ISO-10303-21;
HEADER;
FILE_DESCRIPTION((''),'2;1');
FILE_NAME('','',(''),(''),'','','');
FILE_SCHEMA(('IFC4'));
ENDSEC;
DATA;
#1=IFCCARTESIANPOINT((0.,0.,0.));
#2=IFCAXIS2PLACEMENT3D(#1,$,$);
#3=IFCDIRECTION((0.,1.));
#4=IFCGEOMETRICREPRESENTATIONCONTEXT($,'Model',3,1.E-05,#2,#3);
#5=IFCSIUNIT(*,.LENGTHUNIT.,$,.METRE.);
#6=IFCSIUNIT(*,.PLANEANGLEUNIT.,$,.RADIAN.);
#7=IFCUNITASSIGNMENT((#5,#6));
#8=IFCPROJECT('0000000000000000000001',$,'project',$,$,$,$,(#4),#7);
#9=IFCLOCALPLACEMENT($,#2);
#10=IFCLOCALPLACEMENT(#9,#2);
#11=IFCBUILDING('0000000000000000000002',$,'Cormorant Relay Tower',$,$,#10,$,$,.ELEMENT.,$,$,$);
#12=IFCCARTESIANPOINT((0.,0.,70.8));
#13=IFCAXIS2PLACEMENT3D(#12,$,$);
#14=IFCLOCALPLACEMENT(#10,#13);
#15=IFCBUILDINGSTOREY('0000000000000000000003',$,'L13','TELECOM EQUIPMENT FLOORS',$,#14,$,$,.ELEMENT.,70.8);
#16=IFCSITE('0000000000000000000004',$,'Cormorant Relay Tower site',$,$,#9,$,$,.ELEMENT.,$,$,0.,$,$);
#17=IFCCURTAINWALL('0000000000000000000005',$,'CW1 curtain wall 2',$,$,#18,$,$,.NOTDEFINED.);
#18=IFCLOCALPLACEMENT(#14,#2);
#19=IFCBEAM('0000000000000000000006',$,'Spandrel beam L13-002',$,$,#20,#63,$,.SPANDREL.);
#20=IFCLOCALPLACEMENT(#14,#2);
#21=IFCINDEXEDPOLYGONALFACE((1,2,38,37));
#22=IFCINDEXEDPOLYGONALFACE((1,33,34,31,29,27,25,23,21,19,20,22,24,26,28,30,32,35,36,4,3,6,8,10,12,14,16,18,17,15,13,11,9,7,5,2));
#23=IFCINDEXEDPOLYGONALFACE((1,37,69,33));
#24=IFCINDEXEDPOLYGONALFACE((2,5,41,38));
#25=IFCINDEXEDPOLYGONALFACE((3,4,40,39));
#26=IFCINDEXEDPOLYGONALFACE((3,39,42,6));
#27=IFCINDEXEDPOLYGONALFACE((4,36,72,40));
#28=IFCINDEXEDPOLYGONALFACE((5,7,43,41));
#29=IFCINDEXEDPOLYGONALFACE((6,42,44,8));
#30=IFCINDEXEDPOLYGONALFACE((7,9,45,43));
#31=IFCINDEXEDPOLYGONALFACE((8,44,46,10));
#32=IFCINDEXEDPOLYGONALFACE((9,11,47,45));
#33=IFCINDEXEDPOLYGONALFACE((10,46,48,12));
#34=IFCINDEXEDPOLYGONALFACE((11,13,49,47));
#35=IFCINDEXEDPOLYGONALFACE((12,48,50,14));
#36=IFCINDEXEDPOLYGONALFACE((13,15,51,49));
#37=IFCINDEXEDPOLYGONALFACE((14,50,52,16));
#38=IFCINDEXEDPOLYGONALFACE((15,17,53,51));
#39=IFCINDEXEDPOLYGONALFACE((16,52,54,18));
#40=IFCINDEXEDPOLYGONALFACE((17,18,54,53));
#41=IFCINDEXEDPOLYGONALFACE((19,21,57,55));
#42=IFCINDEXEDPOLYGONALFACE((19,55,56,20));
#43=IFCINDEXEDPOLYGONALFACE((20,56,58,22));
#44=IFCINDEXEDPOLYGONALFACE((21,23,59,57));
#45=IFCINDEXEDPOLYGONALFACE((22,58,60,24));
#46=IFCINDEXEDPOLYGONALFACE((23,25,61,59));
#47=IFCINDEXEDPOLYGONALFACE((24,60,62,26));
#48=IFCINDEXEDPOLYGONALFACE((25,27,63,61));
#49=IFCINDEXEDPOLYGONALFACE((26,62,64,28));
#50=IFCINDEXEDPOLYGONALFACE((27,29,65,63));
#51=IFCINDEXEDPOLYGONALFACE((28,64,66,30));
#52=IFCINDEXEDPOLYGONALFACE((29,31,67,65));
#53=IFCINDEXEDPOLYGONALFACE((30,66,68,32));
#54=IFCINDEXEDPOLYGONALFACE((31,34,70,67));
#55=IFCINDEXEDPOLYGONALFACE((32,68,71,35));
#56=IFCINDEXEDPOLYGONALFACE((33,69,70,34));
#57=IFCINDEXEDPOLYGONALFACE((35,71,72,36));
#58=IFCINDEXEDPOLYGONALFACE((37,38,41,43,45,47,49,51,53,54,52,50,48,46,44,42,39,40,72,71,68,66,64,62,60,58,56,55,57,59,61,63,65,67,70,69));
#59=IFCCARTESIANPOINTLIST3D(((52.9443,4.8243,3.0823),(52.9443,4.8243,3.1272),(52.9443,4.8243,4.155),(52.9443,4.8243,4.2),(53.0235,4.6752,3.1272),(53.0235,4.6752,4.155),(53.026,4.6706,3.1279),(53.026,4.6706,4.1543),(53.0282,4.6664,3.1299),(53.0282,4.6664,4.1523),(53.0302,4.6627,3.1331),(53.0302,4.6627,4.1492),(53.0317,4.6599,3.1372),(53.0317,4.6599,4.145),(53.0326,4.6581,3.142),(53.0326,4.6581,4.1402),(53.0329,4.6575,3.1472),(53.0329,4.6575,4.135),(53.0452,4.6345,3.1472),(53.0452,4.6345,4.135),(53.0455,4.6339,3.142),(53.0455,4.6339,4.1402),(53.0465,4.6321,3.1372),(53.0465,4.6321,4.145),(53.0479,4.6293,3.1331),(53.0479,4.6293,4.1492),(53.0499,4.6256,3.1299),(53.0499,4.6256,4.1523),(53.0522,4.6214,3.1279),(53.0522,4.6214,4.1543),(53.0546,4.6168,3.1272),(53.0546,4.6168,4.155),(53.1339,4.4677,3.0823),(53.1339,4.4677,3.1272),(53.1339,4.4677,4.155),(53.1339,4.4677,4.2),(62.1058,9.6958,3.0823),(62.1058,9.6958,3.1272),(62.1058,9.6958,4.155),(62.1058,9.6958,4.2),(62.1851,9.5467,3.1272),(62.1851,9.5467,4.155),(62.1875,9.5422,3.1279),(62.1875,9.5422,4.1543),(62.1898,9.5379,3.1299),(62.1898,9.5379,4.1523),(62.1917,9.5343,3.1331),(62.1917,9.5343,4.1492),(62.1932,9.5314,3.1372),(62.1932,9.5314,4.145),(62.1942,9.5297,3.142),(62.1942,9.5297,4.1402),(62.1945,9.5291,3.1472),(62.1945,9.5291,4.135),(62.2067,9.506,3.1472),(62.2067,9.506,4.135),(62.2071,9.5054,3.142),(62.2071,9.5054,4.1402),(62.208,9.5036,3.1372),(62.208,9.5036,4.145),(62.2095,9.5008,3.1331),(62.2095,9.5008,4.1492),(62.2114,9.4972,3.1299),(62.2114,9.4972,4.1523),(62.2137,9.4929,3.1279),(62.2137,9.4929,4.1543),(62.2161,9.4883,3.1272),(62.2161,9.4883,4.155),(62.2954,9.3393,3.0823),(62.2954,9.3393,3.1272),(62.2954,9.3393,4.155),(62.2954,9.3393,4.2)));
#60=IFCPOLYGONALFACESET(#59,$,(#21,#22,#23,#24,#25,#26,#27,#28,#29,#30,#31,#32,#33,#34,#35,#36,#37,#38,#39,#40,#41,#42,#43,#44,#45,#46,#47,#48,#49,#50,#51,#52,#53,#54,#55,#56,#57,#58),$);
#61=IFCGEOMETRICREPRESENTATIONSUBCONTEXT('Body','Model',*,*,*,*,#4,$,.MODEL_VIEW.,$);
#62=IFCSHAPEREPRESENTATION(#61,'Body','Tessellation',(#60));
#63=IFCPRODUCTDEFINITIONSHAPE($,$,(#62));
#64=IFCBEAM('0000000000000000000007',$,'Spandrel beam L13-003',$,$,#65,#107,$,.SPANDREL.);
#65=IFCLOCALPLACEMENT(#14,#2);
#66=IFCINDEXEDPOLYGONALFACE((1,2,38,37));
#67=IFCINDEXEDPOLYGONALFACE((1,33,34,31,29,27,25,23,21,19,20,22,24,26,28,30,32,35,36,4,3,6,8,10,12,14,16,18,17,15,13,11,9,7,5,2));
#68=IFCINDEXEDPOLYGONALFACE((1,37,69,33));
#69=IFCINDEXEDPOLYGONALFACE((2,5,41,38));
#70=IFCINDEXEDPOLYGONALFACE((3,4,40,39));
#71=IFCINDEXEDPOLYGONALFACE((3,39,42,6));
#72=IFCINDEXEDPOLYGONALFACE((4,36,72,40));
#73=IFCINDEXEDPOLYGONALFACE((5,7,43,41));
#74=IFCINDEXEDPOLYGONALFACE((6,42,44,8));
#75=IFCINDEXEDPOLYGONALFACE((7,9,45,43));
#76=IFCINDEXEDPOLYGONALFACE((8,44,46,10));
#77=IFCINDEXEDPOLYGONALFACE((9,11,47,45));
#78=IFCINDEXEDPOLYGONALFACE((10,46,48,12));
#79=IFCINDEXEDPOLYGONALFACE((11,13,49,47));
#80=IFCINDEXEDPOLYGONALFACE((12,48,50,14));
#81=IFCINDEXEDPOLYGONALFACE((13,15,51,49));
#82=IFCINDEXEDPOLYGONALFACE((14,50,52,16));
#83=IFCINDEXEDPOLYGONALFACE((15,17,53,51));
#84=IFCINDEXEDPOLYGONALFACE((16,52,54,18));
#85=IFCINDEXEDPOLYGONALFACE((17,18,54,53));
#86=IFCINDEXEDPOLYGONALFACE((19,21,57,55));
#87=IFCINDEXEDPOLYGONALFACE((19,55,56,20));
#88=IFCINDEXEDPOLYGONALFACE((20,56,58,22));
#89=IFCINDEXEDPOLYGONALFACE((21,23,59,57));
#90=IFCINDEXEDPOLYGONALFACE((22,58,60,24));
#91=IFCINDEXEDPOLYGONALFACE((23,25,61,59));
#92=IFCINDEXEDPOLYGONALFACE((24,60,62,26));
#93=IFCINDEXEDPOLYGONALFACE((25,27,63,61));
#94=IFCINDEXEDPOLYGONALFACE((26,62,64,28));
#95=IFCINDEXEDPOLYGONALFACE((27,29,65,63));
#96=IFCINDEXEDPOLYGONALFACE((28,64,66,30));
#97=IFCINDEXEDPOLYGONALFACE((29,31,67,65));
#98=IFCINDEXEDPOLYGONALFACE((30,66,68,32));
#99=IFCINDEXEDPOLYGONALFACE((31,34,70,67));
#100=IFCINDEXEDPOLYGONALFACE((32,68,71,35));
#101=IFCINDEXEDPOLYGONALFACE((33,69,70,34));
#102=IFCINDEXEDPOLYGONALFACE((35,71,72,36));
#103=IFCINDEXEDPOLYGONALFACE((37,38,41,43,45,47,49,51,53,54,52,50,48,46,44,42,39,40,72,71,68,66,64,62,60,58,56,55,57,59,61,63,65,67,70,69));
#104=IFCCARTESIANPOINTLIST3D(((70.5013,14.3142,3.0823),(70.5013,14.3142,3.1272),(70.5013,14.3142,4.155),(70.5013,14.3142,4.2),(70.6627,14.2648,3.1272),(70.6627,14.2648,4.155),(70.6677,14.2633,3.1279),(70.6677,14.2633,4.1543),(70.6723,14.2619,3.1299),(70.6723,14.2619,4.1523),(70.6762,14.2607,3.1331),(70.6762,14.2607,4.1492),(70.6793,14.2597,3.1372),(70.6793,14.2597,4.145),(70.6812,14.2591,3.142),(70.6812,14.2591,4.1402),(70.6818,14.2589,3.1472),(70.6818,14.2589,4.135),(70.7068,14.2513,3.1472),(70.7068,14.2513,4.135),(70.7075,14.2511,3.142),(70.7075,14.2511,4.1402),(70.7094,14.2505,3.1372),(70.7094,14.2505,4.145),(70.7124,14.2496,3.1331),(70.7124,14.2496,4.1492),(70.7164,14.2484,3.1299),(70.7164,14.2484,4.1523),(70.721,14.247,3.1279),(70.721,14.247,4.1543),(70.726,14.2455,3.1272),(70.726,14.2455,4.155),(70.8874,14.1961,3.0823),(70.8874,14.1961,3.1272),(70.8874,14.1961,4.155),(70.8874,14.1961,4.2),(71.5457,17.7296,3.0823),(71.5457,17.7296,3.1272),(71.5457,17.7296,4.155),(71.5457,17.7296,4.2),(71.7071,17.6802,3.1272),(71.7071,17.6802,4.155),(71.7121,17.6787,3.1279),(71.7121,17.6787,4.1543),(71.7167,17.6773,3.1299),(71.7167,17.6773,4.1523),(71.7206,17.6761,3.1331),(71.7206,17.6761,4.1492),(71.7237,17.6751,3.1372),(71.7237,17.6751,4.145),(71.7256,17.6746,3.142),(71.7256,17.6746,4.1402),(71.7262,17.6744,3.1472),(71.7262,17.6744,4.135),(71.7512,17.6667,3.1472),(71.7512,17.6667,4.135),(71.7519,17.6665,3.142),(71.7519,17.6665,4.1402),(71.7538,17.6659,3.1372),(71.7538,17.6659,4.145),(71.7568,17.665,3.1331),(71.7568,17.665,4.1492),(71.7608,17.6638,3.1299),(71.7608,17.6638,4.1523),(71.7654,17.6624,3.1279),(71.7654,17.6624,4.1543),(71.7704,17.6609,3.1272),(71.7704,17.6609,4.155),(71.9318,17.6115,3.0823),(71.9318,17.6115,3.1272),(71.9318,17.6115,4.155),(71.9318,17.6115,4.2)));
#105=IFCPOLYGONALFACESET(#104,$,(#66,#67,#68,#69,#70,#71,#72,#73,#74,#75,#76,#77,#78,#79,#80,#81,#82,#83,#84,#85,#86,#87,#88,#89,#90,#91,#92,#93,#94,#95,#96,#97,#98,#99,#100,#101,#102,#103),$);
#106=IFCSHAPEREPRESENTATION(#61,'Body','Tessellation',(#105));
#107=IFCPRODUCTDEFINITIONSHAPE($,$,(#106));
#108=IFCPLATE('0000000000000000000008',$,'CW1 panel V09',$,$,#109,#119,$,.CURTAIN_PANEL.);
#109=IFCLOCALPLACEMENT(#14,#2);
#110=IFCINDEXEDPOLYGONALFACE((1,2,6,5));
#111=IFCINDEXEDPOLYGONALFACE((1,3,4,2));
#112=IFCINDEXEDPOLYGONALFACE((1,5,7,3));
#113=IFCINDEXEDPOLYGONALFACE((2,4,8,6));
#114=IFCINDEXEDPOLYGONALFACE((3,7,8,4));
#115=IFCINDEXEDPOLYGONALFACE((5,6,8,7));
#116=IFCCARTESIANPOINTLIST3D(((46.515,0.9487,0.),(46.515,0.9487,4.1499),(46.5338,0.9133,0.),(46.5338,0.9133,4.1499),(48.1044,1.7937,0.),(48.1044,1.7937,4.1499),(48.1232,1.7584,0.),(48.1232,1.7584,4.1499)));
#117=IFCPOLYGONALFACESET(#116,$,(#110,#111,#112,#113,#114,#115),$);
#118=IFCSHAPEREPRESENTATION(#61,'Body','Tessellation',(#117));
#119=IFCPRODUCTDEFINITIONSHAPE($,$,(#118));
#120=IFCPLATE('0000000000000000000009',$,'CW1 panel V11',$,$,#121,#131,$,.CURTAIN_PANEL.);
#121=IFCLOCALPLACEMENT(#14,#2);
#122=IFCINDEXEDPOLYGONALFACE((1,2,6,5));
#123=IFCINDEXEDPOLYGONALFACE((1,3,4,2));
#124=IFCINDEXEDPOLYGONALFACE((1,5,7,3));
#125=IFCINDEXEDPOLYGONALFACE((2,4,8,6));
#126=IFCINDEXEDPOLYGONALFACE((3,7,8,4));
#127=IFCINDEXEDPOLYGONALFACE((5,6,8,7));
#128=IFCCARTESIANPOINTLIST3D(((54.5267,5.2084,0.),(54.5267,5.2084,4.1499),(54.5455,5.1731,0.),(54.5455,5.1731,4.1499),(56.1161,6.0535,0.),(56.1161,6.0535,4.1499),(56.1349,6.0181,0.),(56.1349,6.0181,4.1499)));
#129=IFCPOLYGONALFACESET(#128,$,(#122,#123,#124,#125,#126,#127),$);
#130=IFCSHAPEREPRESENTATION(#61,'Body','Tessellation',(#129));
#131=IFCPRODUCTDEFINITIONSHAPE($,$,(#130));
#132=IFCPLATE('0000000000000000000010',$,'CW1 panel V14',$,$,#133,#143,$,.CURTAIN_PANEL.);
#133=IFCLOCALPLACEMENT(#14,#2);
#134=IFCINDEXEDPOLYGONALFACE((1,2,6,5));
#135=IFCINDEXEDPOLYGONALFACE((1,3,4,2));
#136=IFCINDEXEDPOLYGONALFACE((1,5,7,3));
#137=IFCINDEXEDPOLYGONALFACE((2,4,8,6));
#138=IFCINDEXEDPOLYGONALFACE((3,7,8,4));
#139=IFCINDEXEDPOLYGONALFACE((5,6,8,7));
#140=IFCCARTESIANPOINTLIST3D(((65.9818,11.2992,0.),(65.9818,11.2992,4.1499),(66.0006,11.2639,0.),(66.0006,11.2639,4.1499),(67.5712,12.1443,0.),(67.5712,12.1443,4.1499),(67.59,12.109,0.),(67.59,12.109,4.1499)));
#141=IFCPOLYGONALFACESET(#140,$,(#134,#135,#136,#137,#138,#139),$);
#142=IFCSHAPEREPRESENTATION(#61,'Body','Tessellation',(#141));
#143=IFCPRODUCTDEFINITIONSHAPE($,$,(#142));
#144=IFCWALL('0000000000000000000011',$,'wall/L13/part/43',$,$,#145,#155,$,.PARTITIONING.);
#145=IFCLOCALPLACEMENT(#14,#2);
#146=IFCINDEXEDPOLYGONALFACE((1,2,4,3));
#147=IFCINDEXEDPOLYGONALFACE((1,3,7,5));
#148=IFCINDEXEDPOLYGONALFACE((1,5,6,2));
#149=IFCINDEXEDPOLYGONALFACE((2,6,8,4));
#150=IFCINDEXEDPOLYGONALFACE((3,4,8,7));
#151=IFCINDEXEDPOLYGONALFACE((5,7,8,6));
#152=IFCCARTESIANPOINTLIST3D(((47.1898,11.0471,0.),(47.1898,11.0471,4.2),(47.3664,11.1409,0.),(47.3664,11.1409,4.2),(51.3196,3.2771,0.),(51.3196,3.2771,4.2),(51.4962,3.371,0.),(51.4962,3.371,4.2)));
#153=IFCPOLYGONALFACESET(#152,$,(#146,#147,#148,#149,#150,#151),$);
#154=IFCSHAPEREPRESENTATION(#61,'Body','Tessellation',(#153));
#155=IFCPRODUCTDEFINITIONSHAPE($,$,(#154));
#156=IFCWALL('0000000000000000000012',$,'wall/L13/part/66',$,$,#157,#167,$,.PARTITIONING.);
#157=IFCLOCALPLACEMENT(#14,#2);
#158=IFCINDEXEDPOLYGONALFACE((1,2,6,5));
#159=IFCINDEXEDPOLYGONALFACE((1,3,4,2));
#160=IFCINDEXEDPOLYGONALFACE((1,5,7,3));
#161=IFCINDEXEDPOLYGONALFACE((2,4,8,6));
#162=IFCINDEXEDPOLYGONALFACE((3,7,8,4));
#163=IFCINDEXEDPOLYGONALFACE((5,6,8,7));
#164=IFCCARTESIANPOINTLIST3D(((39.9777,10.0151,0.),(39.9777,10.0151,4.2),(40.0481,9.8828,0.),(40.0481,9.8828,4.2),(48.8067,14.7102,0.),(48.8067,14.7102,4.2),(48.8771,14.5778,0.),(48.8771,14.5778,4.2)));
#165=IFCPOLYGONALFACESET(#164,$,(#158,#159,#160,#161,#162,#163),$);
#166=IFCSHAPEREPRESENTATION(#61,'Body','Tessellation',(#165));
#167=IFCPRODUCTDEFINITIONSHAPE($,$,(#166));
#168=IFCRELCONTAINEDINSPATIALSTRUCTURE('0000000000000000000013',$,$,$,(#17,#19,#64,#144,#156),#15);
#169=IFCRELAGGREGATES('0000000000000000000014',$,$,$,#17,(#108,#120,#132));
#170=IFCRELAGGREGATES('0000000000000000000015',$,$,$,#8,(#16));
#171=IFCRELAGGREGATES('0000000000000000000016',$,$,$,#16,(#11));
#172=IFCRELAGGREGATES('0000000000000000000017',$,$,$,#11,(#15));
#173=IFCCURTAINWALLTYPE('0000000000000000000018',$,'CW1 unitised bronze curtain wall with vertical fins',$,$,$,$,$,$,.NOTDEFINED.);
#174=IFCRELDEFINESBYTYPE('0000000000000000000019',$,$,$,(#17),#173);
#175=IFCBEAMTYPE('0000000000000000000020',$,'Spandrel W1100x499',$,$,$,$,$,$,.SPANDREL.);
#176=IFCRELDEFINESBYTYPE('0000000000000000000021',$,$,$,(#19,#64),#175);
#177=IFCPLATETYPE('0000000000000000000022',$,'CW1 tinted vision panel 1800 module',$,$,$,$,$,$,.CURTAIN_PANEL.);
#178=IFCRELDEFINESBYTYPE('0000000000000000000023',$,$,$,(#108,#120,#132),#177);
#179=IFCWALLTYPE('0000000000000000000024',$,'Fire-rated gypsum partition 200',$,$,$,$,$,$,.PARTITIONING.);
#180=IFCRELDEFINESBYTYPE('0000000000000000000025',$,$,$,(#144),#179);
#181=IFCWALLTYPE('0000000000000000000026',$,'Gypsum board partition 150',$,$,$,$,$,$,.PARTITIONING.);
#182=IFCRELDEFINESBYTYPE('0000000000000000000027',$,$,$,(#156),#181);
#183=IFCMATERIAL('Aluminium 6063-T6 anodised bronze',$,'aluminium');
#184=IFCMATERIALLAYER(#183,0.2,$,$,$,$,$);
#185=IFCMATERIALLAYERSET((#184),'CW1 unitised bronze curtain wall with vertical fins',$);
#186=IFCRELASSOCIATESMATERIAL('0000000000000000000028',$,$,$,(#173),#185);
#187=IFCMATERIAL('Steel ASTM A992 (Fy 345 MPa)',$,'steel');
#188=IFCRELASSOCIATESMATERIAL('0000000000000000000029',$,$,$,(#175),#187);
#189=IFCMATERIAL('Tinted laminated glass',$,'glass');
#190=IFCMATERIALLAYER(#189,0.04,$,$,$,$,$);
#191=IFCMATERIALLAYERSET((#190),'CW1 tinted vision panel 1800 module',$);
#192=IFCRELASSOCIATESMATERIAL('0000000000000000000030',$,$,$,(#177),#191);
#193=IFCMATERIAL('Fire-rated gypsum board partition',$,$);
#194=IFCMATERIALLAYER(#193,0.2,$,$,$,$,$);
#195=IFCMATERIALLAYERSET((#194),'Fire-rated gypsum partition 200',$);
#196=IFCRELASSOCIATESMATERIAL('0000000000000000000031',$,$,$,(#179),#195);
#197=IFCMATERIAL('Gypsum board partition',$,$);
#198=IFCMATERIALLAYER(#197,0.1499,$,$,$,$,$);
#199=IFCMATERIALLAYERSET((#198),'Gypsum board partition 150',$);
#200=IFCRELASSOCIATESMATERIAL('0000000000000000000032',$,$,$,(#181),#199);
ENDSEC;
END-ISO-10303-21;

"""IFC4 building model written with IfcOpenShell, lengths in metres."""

from ifc_helpers import new_model, si_unit, direction, frame, frame_2d, origin, origin_2d, place, context, subcontext, project, spatial, rectangle, i_section, extrude, material, layer, layer_set, material_profile, profile_set, type_object, element, aggregate, save


model = new_model("IFC4")

# Units and contexts
model_context = context("Model", 3, precision=1e-05, world=origin(), true_north=direction((0.0, 1.0)))
body_context = subcontext(model_context, "Body", "Model", "MODEL_VIEW")
ifc_project = project(units=[si_unit("LENGTHUNIT", "METRE"), si_unit("PLANEANGLEUNIT", "RADIAN")], contexts=[model_context])

# Site, building, storey
site_placement = place(None, origin())
site = spatial("IfcSite", under=ifc_project, at=site_placement, Name="Cormorant Relay Tower site", CompositionType="ELEMENT", RefElevation=0.0)
building_placement = place(site_placement, origin())
building = spatial("IfcBuilding", under=site, at=building_placement, Name="Cormorant Relay Tower", CompositionType="ELEMENT")
storey_placement = place(building_placement, frame((0.0, 0.0, 70.8)))
storey = spatial("IfcBuildingStorey", under=building, at=storey_placement, Name="L13", Description="TELECOM EQUIPMENT FLOORS", CompositionType="ELEMENT", Elevation=70.8)

# Curtain wall
ifc_material_1 = material(Name="Aluminium 6063-T6 anodised bronze", Category="aluminium")
ifc_layer_1 = layer(ifc_material_1, 0.2)
ifc_layer_set_1 = layer_set([ifc_layer_1], Name="CW1 unitised bronze curtain wall with vertical fins")
curtain_wall_type = type_object("IfcCurtainWallType", Name="CW1 unitised bronze curtain wall with vertical fins", PredefinedType="NOTDEFINED", material=ifc_layer_set_1)
curtain_wall_1_placement = place(storey_placement, origin())
curtain_wall_1 = element("IfcCurtainWall", 1, at=curtain_wall_1_placement, inside=storey, type_object=curtain_wall_type, Name="CW1 curtain wall 2", PredefinedType="NOTDEFINED")

# Beams
ifc_material_2 = material(Name="Steel ASTM A992 (Fy 345 MPa)", Category="steel")
ifc_material_profile_1 = material_profile(ifc_material_2, i_section(OverallWidth=0.4038, OverallDepth=1.1177, WebThickness=0.0261, FlangeThickness=0.0449, FilletRadius=0.02, at=origin_2d()), Name="W1100x499")
ifc_profile_set_1 = profile_set([ifc_material_profile_1], Name="Steel ASTM A992 (Fy 345 MPa)")
beam_type = type_object("IfcBeamType", Name="Spandrel W1100x499", PredefinedType="SPANDREL", material=ifc_profile_set_1)
beam_1_placement = place(storey_placement, frame((53.0391, 4.646, 3.6411), z_axis=(0.882937, 0.469491, 0.0), x_axis=(-0.469491, 0.882937, 0.0)))
element("IfcBeam", 2, at=beam_1_placement, inside=storey, type_object=beam_type, Name="Spandrel beam L13-002", PredefinedType="SPANDREL", context=body_context, shape_type="SweptSolid", body=[
    extrude(i_section(OverallWidth=0.4038, OverallDepth=1.1177, WebThickness=0.0261, FlangeThickness=0.0449, FilletRadius=0.02, at=origin_2d()), origin(), (0.0, 0.0, 1.0), 10.3762),
])
beam_2_placement = place(storey_placement, frame((70.6943, 14.2551, 3.6411), z_axis=(0.292423, 0.956289, 0.0), x_axis=(-0.956289, 0.292423, 0.0)))
element("IfcBeam", 3, at=beam_2_placement, inside=storey, type_object=beam_type, Name="Spandrel beam L13-003", PredefinedType="SPANDREL", context=body_context, shape_type="SweptSolid", body=[
    extrude(i_section(OverallWidth=0.4038, OverallDepth=1.1177, WebThickness=0.0261, FlangeThickness=0.0449, FilletRadius=0.02, at=origin_2d()), origin(), (0.0, 0.0, 1.0), 3.5715),
])

# Plates
ifc_material_3 = material(Name="Tinted laminated glass", Category="glass")
ifc_layer_2 = layer(ifc_material_3, 0.04)
ifc_layer_set_2 = layer_set([ifc_layer_2], Name="CW1 tinted vision panel 1800 module")
plate_type = type_object("IfcPlateType", Name="CW1 tinted vision panel 1800 module", PredefinedType="CURTAIN_PANEL", material=ifc_layer_set_2)
plate_1_placement = place(storey_placement, frame((47.3191, 1.3535, 0.0), z_axis=(0.0, 0.0, 1.0), x_axis=(0.882948, 0.469472, 0.0)))
plate_1 = element("IfcPlate", 4, at=plate_1_placement, type_object=plate_type, Name="CW1 panel V09", PredefinedType="CURTAIN_PANEL", context=body_context, shape_type="SweptSolid", body=[
    extrude(rectangle(XDim=1.8, YDim=0.04, at=origin_2d()), origin(), (0.0, 0.0, 1.0), 4.1499),
])
plate_2_placement = place(storey_placement, frame((55.3308, 5.6133, 0.0), z_axis=(0.0, 0.0, 1.0), x_axis=(0.882948, 0.469472, 0.0)))
plate_2 = element("IfcPlate", 5, at=plate_2_placement, type_object=plate_type, Name="CW1 panel V11", PredefinedType="CURTAIN_PANEL", context=body_context, shape_type="SweptSolid", body=[
    extrude(rectangle(XDim=1.8, YDim=0.04, at=origin_2d()), origin(), (0.0, 0.0, 1.0), 4.1499),
])
plate_3_placement = place(storey_placement, frame((66.7859, 11.7041, 0.0), z_axis=(0.0, 0.0, 1.0), x_axis=(0.882948, 0.469472, 0.0)))
plate_3 = element("IfcPlate", 6, at=plate_3_placement, type_object=plate_type, Name="CW1 panel V14", PredefinedType="CURTAIN_PANEL", context=body_context, shape_type="SweptSolid", body=[
    extrude(rectangle(XDim=1.8, YDim=0.04, at=origin_2d()), origin(), (0.0, 0.0, 1.0), 4.1499),
])

# Walls
ifc_material_4 = material(Name="Fire-rated gypsum board partition")
ifc_layer_3 = layer(ifc_material_4, 0.2)
ifc_layer_set_3 = layer_set([ifc_layer_3], Name="Fire-rated gypsum partition 200")
wall_type_1 = type_object("IfcWallType", Name="Fire-rated gypsum partition 200", PredefinedType="PARTITIONING", material=ifc_layer_set_3)
wall_1_placement = place(storey_placement, frame((47.2781, 11.094, 0.0), z_axis=(0.0, 0.0, 1.0), x_axis=(0.469338, -0.883019, 0.0)))
element("IfcWall", 7, at=wall_1_placement, inside=storey, type_object=wall_type_1, Name="wall/L13/part/43", PredefinedType="PARTITIONING", context=body_context, shape_type="SweptSolid", body=[
    extrude(rectangle(XDim=8.7993, YDim=0.2, at=frame_2d((4.3997, 0.0))), origin(), (0.0, 0.0, 1.0), 4.2),
])
ifc_material_5 = material(Name="Gypsum board partition")
ifc_layer_4 = layer(ifc_material_5, 0.1499)
ifc_layer_set_4 = layer_set([ifc_layer_4], Name="Gypsum board partition 150")
wall_type_2 = type_object("IfcWallType", Name="Gypsum board partition 150", PredefinedType="PARTITIONING", material=ifc_layer_set_4)
wall_2_placement = place(storey_placement, frame((48.842, 14.644, 0.0), z_axis=(0.0, 0.0, 1.0), x_axis=(-0.882925, -0.469515, 0.0)))
element("IfcWall", 8, at=wall_2_placement, inside=storey, type_object=wall_type_2, Name="wall/L13/part/66", PredefinedType="PARTITIONING", context=body_context, shape_type="SweptSolid", body=[
    extrude(rectangle(XDim=9.9998, YDim=0.1499, at=frame_2d((5.0, 0.0))), origin(), (0.0, 0.0, 1.0), 4.2),
])

aggregate(curtain_wall_1, [plate_1, plate_2, plate_3])

save(model, "model.ifc")
